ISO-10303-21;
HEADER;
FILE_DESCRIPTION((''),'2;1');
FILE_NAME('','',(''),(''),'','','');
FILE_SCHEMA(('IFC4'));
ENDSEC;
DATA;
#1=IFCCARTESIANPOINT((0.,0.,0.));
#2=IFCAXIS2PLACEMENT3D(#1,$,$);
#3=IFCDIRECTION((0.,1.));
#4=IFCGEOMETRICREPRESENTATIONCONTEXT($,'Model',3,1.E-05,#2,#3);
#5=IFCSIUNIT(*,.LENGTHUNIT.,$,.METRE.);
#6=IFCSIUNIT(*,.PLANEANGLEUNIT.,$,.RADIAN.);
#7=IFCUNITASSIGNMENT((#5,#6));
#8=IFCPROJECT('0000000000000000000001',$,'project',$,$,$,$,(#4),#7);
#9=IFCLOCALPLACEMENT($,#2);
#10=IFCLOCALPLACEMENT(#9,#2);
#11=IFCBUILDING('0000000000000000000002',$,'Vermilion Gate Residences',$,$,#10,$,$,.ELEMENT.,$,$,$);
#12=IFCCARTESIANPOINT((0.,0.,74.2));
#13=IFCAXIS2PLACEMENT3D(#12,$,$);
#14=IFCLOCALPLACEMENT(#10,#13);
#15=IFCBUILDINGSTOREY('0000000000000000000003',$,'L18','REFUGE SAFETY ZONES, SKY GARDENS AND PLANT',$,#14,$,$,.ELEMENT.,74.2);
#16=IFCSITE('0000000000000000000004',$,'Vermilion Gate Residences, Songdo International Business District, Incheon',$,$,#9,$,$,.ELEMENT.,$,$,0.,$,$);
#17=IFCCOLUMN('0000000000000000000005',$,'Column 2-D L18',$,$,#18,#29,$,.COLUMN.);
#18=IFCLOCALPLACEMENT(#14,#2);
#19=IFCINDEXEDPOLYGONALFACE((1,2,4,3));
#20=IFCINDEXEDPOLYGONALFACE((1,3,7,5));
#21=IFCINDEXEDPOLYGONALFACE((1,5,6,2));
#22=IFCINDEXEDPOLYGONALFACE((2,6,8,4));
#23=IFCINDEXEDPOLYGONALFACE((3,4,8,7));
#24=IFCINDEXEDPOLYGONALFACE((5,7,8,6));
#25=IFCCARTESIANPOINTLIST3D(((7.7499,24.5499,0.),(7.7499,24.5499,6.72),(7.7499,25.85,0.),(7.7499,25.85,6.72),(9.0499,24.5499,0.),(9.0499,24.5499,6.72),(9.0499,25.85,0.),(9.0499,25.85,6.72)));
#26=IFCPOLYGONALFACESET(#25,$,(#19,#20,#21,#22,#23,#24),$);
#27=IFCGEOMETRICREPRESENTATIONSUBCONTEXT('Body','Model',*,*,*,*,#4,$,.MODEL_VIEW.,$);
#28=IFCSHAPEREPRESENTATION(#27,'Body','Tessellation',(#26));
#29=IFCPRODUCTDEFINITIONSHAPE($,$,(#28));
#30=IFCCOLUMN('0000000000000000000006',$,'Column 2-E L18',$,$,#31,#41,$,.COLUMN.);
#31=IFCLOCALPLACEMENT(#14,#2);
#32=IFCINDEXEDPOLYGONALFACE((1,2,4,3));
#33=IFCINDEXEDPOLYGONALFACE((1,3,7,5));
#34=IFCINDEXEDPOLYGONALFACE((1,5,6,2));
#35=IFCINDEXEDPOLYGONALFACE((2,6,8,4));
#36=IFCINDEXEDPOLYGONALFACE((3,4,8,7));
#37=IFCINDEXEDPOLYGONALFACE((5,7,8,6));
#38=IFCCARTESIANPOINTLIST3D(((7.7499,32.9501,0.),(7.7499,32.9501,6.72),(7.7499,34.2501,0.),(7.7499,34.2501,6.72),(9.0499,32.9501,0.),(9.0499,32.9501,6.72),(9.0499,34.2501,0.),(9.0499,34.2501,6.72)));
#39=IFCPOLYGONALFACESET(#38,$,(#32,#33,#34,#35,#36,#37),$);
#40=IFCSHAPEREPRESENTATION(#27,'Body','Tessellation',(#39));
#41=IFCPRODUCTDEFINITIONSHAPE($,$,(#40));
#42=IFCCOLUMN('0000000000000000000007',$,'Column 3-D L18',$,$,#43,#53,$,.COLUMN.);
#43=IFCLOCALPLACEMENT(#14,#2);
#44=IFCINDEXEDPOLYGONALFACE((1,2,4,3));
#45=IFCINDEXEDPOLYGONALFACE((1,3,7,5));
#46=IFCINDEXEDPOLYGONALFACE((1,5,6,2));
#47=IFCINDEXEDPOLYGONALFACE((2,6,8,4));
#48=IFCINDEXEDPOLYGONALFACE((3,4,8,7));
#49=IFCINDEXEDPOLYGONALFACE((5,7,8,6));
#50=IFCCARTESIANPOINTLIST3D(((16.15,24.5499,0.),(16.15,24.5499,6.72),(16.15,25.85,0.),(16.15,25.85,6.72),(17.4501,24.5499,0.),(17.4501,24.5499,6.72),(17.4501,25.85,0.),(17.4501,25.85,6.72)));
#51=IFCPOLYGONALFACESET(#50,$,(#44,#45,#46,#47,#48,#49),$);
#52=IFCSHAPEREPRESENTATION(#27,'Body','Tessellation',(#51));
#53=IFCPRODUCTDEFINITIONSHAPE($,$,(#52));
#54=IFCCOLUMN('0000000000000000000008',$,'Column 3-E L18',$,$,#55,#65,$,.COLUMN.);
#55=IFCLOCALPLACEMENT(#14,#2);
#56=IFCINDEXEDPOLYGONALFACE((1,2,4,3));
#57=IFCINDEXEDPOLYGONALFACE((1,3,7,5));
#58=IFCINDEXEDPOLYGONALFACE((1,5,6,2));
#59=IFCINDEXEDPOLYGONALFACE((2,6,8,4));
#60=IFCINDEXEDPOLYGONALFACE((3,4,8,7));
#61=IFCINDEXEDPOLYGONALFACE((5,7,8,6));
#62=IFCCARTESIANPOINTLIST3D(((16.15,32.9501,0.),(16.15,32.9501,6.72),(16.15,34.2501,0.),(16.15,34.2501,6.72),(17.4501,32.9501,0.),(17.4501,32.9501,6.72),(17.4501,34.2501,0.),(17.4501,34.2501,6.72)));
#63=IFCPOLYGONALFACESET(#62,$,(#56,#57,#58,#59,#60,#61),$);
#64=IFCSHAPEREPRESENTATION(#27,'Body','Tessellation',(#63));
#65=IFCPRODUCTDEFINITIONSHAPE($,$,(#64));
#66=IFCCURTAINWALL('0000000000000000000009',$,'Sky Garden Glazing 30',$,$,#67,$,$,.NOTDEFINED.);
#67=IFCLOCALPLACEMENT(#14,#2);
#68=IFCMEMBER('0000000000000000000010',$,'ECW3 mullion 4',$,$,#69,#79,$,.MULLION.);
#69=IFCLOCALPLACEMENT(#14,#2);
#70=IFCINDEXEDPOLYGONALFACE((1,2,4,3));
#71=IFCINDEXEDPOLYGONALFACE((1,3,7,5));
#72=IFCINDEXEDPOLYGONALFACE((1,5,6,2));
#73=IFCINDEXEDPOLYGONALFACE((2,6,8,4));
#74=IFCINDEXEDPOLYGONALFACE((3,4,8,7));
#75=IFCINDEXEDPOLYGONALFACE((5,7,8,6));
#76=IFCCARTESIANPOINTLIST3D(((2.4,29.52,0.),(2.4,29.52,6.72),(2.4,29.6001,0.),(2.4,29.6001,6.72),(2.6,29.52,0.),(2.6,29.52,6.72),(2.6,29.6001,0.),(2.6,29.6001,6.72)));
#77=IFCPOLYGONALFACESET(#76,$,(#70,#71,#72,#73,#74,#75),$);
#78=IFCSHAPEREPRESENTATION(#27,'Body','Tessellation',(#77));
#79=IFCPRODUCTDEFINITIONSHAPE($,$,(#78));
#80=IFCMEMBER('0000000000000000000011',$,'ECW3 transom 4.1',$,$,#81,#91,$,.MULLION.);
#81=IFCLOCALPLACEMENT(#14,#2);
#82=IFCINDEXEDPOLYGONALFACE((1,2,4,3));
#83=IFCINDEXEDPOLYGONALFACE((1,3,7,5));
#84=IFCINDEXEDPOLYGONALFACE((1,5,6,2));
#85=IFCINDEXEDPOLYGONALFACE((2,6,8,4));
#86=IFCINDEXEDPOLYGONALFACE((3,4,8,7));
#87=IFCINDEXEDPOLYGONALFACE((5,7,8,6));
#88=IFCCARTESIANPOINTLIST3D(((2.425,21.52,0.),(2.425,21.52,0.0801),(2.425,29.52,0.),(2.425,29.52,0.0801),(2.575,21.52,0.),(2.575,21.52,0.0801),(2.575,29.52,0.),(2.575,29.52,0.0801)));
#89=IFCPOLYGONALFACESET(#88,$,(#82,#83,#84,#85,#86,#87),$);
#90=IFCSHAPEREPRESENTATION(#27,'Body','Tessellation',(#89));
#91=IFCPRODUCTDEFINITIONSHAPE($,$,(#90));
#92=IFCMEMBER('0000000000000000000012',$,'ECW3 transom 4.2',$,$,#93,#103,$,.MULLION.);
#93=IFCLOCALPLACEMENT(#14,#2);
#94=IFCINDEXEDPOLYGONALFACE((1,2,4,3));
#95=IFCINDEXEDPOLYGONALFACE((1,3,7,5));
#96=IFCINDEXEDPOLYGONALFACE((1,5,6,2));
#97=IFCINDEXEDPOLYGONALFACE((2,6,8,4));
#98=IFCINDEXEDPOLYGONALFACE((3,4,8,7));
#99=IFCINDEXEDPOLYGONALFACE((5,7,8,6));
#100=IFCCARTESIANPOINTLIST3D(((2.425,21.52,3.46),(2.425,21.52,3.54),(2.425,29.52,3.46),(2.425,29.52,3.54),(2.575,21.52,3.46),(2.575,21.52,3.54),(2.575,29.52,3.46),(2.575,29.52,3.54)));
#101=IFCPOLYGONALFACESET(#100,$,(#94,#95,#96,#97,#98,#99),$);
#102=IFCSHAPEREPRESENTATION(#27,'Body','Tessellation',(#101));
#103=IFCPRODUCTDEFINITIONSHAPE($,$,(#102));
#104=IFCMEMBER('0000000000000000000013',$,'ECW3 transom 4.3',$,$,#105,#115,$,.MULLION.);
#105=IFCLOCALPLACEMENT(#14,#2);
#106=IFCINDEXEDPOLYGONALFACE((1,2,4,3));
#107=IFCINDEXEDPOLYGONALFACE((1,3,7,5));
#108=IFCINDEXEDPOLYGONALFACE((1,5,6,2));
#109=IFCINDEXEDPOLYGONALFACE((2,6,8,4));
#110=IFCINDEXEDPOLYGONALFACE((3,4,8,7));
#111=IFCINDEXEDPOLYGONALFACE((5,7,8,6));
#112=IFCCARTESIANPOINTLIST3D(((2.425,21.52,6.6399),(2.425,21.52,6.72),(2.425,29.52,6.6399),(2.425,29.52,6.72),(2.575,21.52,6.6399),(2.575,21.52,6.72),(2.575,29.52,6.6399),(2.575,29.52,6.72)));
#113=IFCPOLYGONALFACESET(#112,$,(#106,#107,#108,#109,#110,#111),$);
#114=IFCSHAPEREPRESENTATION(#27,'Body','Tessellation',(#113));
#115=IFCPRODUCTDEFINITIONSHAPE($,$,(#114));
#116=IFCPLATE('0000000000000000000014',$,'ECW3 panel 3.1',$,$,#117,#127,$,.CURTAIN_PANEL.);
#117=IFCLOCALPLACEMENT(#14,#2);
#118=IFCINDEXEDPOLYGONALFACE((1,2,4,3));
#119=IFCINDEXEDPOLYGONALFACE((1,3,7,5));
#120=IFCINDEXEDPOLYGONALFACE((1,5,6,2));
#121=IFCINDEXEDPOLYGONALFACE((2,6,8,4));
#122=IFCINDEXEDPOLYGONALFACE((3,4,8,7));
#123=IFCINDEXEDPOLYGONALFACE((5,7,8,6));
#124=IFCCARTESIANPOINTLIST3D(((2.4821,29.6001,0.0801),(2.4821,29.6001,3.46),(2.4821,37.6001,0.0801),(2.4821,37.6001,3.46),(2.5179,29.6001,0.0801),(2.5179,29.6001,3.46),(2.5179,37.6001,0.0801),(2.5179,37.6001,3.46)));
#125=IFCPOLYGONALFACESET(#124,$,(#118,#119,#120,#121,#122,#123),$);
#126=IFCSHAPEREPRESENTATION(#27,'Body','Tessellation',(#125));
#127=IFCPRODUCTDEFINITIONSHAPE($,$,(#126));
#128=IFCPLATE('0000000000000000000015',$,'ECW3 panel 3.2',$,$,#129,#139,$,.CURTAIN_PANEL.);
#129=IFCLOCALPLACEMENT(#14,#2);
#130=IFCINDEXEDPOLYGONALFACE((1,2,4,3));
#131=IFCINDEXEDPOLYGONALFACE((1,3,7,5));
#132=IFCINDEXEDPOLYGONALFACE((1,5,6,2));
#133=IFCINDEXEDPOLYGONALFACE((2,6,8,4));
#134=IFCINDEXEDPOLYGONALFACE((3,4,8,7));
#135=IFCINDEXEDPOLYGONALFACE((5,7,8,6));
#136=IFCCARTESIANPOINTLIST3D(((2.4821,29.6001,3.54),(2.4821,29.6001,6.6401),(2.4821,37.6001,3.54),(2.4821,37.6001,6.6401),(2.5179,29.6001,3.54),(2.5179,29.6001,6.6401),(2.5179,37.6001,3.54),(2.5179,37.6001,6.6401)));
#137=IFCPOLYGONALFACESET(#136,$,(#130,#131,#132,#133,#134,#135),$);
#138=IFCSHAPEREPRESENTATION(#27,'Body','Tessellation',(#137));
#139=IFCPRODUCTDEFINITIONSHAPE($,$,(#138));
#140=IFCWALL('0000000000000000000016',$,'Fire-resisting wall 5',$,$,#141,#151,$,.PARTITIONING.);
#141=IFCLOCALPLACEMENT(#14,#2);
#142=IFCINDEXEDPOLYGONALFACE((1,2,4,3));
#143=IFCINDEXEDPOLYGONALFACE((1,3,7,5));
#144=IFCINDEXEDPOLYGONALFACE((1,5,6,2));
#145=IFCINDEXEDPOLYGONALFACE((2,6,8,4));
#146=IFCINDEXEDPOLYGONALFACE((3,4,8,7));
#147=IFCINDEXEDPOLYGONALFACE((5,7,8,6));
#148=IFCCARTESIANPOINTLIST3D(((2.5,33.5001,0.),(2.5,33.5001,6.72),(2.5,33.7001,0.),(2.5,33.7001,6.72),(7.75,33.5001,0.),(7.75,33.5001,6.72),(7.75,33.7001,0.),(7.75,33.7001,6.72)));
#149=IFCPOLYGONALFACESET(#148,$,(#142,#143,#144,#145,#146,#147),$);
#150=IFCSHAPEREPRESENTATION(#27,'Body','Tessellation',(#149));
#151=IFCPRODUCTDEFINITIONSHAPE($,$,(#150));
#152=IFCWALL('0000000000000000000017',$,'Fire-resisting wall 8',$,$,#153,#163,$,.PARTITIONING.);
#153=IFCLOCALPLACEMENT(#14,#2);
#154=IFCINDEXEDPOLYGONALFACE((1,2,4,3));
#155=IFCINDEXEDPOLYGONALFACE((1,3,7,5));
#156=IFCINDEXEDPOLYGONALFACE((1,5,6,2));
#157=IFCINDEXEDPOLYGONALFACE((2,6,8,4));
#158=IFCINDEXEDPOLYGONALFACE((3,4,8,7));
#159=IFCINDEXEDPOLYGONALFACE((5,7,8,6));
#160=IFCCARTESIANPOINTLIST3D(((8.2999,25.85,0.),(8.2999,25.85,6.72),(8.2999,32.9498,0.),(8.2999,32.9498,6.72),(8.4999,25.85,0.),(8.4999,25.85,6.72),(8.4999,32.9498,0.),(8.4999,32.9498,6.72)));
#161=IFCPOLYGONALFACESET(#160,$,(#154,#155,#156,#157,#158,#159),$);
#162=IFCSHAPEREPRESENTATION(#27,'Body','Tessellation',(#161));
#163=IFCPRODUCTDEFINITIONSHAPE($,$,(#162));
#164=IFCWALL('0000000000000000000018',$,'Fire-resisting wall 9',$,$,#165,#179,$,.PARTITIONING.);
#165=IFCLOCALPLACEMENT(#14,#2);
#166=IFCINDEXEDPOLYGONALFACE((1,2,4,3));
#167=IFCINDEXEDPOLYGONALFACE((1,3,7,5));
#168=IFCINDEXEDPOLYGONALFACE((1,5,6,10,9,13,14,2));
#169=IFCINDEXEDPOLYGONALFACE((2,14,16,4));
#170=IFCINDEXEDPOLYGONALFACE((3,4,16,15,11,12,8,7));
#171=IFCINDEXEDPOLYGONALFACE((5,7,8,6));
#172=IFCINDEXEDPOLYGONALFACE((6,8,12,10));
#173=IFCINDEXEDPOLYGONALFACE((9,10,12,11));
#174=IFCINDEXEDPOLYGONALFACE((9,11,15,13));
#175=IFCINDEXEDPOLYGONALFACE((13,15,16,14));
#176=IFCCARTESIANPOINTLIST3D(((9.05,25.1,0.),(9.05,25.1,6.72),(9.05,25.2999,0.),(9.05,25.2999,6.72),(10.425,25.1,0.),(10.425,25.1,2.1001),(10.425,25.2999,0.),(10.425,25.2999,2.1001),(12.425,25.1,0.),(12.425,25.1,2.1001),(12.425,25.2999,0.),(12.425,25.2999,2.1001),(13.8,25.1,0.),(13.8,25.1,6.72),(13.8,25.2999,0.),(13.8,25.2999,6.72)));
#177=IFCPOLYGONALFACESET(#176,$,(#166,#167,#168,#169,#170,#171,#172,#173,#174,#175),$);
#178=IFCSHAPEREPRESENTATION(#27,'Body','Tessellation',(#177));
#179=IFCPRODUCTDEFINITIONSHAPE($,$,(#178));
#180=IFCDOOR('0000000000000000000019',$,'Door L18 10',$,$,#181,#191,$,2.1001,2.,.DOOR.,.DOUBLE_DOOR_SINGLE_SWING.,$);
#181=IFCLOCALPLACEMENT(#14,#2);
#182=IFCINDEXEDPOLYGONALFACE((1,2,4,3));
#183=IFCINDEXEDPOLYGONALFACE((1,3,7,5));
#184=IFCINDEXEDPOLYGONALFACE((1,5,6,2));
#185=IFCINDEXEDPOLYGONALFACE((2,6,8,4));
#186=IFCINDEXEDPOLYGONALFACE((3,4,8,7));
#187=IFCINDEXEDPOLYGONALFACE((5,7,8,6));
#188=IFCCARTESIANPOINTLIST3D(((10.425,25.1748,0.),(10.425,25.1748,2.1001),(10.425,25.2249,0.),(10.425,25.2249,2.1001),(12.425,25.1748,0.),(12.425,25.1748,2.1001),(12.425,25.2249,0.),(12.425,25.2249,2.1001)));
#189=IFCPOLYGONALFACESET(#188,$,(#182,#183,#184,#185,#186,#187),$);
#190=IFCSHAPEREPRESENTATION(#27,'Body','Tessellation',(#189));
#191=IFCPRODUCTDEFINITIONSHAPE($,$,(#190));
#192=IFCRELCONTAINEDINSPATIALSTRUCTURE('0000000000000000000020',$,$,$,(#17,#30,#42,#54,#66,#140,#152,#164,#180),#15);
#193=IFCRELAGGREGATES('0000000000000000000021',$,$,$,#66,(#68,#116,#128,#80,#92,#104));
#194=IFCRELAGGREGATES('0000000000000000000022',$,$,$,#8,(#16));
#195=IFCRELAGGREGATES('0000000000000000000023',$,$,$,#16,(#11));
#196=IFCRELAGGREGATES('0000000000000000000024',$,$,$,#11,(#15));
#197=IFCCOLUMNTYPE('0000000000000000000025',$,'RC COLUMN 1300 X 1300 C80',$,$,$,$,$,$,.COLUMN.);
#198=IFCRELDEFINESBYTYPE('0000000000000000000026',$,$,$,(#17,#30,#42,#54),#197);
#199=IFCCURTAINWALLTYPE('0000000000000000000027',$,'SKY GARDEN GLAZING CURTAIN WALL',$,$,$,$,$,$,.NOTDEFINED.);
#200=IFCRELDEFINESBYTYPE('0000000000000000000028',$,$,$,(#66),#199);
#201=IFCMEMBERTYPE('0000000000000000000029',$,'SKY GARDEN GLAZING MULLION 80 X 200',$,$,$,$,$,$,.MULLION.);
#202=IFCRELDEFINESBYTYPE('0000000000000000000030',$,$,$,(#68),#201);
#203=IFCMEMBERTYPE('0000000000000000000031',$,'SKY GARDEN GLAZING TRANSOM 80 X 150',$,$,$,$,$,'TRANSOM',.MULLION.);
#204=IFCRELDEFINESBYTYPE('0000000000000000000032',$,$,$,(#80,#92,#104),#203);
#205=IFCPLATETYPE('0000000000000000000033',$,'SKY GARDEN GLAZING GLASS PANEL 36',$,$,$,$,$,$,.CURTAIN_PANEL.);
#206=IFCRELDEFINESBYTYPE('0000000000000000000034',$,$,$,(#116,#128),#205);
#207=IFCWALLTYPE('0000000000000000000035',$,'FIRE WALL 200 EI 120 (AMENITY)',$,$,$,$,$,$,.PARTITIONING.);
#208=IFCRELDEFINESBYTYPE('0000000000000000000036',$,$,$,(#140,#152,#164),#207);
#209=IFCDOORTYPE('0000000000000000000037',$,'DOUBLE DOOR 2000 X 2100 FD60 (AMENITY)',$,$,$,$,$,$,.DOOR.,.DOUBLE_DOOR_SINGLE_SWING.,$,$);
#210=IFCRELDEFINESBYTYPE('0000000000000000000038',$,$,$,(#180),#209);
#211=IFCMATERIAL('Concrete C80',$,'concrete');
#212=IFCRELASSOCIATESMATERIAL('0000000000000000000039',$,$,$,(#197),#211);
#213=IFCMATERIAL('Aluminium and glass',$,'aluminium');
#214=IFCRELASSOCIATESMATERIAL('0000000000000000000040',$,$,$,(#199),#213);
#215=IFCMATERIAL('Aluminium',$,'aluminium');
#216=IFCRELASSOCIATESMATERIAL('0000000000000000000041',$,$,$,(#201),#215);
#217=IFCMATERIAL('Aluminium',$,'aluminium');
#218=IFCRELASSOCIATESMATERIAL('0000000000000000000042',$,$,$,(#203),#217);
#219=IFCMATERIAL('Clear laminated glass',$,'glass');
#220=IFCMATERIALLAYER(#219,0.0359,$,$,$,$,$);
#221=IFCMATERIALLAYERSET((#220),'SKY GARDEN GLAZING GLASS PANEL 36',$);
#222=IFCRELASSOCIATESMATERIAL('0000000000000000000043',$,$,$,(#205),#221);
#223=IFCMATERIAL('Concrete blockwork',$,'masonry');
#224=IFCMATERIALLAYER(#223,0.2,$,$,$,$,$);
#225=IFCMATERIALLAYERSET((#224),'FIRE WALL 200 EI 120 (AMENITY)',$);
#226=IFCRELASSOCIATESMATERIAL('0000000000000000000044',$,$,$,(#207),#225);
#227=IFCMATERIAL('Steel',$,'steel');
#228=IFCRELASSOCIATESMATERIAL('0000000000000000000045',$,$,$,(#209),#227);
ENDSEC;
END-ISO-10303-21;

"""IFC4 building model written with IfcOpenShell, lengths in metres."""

from ifc_helpers import new_model, si_unit, direction, frame, frame_2d, origin, origin_2d, place, context, subcontext, project, spatial, rectangle, extrude, material, layer, layer_set, material_profile, profile_set, type_object, element, fill, aggregate, save


model = new_model("IFC4")

# Units and contexts
model_context = context("Model", 3, precision=1e-05, world=origin(), true_north=direction((0.0, 1.0)))
body_context = subcontext(model_context, "Body", "Model", "MODEL_VIEW")
ifc_project = project(units=[si_unit("LENGTHUNIT", "METRE"), si_unit("PLANEANGLEUNIT", "RADIAN")], contexts=[model_context])

# Site, building, storey
site_placement = place(None, origin())
site = spatial("IfcSite", under=ifc_project, at=site_placement, Name="Vermilion Gate Residences, Songdo International Business District, Incheon", CompositionType="ELEMENT", RefElevation=0.0)
building_placement = place(site_placement, origin())
building = spatial("IfcBuilding", under=site, at=building_placement, Name="Vermilion Gate Residences", CompositionType="ELEMENT")
storey_placement = place(building_placement, frame((0.0, 0.0, 74.2)))
storey = spatial("IfcBuildingStorey", under=building, at=storey_placement, Name="L18", Description="REFUGE SAFETY ZONES, SKY GARDENS AND PLANT", CompositionType="ELEMENT", Elevation=74.2)

# Columns
ifc_material_1 = material(Name="Concrete C80", Category="concrete")
ifc_material_profile_1 = material_profile(ifc_material_1, rectangle(XDim=1.3, YDim=1.3, at=origin_2d()), Name="RC-1300x1300")
ifc_profile_set_1 = profile_set([ifc_material_profile_1], Name="Concrete C80")
column_type = type_object("IfcColumnType", Name="RC COLUMN 1300 X 1300 C80", PredefinedType="COLUMN", material=ifc_profile_set_1)
for number, where, z_axis, x_axis, name in (
    (1, (8.3999, 25.2, 0.0), (0.0, 0.0, 1.0), (1.0, 0.0, 0.0), "Column 2-D L18"),
    (2, (8.3999, 33.6001, 0.0), (0.0, 0.0, 1.0), (1.0, 0.0, 0.0), "Column 2-E L18"),
    (3, (16.8, 25.2, 0.0), (0.0, 0.0, 1.0), (1.0, 0.0, 0.0), "Column 3-D L18"),
    (4, (16.8, 33.6001, 0.0), (0.0, 0.0, 1.0), (1.0, 0.0, 0.0), "Column 3-E L18"),
):
    element("IfcColumn", number, at=place(storey_placement, frame(where, z_axis=z_axis, x_axis=x_axis)), inside=storey, type_object=column_type, Name=name, PredefinedType="COLUMN", context=body_context, shape_type="SweptSolid", body=[
        extrude(rectangle(XDim=1.3, YDim=1.3, at=origin_2d()), origin(), (0.0, 0.0, 1.0), 6.72),
    ])

# Curtain wall, members, plates
ifc_material_2 = material(Name="Aluminium and glass", Category="aluminium")
curtain_wall_type = type_object("IfcCurtainWallType", Name="SKY GARDEN GLAZING CURTAIN WALL", PredefinedType="NOTDEFINED", material=ifc_material_2)
curtain_wall_placement = place(storey_placement, origin())
curtain_wall = element("IfcCurtainWall", 5, at=curtain_wall_placement, inside=storey, type_object=curtain_wall_type, Name="Sky Garden Glazing 30", PredefinedType="NOTDEFINED")
ifc_material_3 = material(Name="Aluminium", Category="aluminium")
ifc_material_profile_2 = material_profile(ifc_material_3, rectangle(XDim=0.2, YDim=0.0801, at=origin_2d()), Name="MULLION 80 X 200")
ifc_profile_set_2 = profile_set([ifc_material_profile_2], Name="Aluminium")
member_type_1 = type_object("IfcMemberType", Name="SKY GARDEN GLAZING MULLION 80 X 200", PredefinedType="MULLION", material=ifc_profile_set_2)
member_1_placement = place(storey_placement, frame((2.5, 29.5601, 0.0), z_axis=(0.0, 0.0, 1.0), x_axis=(1.0, 0.0, 0.0)))
member_1 = element("IfcMember", 6, at=member_1_placement, type_object=member_type_1, Name="ECW3 mullion 4", PredefinedType="MULLION", context=body_context, shape_type="SweptSolid", body=[
    extrude(rectangle(XDim=0.2, YDim=0.0801, at=origin_2d()), origin(), (0.0, 0.0, 1.0), 6.72),
])
ifc_material_4 = material(Name="Aluminium", Category="aluminium")
ifc_material_profile_3 = material_profile(ifc_material_4, rectangle(XDim=0.1499, YDim=0.0801, at=origin_2d()), Name="TRANSOM 80 X 150")
ifc_profile_set_3 = profile_set([ifc_material_profile_3], Name="Aluminium")
member_type_2 = type_object("IfcMemberType", Name="SKY GARDEN GLAZING TRANSOM 80 X 150", ElementType="TRANSOM", PredefinedType="MULLION", material=ifc_profile_set_3)
member_2_placement = place(storey_placement, frame((2.5, 29.52, 0.04), z_axis=(0.0, -1.0, 0.0), x_axis=(1.0, 0.0, 0.0)))
member_2 = element("IfcMember", 7, at=member_2_placement, type_object=member_type_2, Name="ECW3 transom 4.1", PredefinedType="MULLION", context=body_context, shape_type="SweptSolid", body=[
    extrude(rectangle(XDim=0.1499, YDim=0.0801, at=origin_2d()), origin(), (0.0, 0.0, 1.0), 8.0),
])
member_3_placement = place(storey_placement, frame((2.5, 29.52, 3.5), z_axis=(0.0, -1.0, 0.0), x_axis=(1.0, 0.0, 0.0)))
member_3 = element("IfcMember", 8, at=member_3_placement, type_object=member_type_2, Name="ECW3 transom 4.2", PredefinedType="MULLION", context=body_context, shape_type="SweptSolid", body=[
    extrude(rectangle(XDim=0.1499, YDim=0.0801, at=origin_2d()), origin(), (0.0, 0.0, 1.0), 8.0),
])
member_4_placement = place(storey_placement, frame((2.5, 29.52, 6.6799), z_axis=(0.0, -1.0, 0.0), x_axis=(1.0, 0.0, 0.0)))
member_4 = element("IfcMember", 9, at=member_4_placement, type_object=member_type_2, Name="ECW3 transom 4.3", PredefinedType="MULLION", context=body_context, shape_type="SweptSolid", body=[
    extrude(rectangle(XDim=0.1499, YDim=0.0801, at=origin_2d()), origin(), (0.0, 0.0, 1.0), 8.0),
])
ifc_material_5 = material(Name="Clear laminated glass", Category="glass")
ifc_layer_1 = layer(ifc_material_5, 0.0359)
ifc_layer_set_1 = layer_set([ifc_layer_1], Name="SKY GARDEN GLAZING GLASS PANEL 36")
plate_type = type_object("IfcPlateType", Name="SKY GARDEN GLAZING GLASS PANEL 36", PredefinedType="CURTAIN_PANEL", material=ifc_layer_set_1)
plate_1_placement = place(storey_placement, frame((2.5, 33.6001, 0.0801), z_axis=(0.0, 0.0, 1.0), x_axis=(0.0, -1.0, 0.0)))
plate_1 = element("IfcPlate", 10, at=plate_1_placement, type_object=plate_type, Name="ECW3 panel 3.1", PredefinedType="CURTAIN_PANEL", context=body_context, shape_type="SweptSolid", body=[
    extrude(rectangle(XDim=8.0, YDim=0.0359, at=origin_2d()), origin(), (0.0, 0.0, 1.0), 3.3799),
])
plate_2_placement = place(storey_placement, frame((2.5, 33.6001, 3.54), z_axis=(0.0, 0.0, 1.0), x_axis=(0.0, -1.0, 0.0)))
plate_2 = element("IfcPlate", 11, at=plate_2_placement, type_object=plate_type, Name="ECW3 panel 3.2", PredefinedType="CURTAIN_PANEL", context=body_context, shape_type="SweptSolid", body=[
    extrude(rectangle(XDim=8.0, YDim=0.0359, at=origin_2d()), origin(), (0.0, 0.0, 1.0), 3.1001),
])
aggregate(curtain_wall, [member_1, plate_1, plate_2, member_2, member_3, member_4])

# Walls
ifc_material_6 = material(Name="Concrete blockwork", Category="masonry")
ifc_layer_2 = layer(ifc_material_6, 0.2)
ifc_layer_set_2 = layer_set([ifc_layer_2], Name="FIRE WALL 200 EI 120 (AMENITY)")
wall_type = type_object("IfcWallType", Name="FIRE WALL 200 EI 120 (AMENITY)", PredefinedType="PARTITIONING", material=ifc_layer_set_2)
wall_1_placement = place(storey_placement, frame((2.5, 33.6001, 0.0), z_axis=(0.0, 0.0, 1.0), x_axis=(1.0, 0.0, 0.0)))
element("IfcWall", 12, at=wall_1_placement, inside=storey, type_object=wall_type, Name="Fire-resisting wall 5", PredefinedType="PARTITIONING", context=body_context, shape_type="SweptSolid", body=[
    extrude(rectangle(XDim=5.25, YDim=0.2, at=frame_2d((2.625, 0.0))), origin(), (0.0, 0.0, 1.0), 6.72),
])
wall_2_placement = place(storey_placement, frame((8.3999, 25.8501, 0.0), z_axis=(0.0, 0.0, 1.0), x_axis=(0.0, 1.0, 0.0)))
element("IfcWall", 13, at=wall_2_placement, inside=storey, type_object=wall_type, Name="Fire-resisting wall 8", PredefinedType="PARTITIONING", context=body_context, shape_type="SweptSolid", body=[
    extrude(rectangle(XDim=7.0999, YDim=0.2, at=frame_2d((3.5498, 0.0))), origin(), (0.0, 0.0, 1.0), 6.72),
])

# Wall, opening, door
wall_3_placement = place(storey_placement, frame((9.05, 25.2, 0.0), z_axis=(0.0, 0.0, 1.0), x_axis=(1.0, 0.0, 0.0)))
wall_3 = element("IfcWall", 14, at=wall_3_placement, inside=storey, type_object=wall_type, Name="Fire-resisting wall 9", PredefinedType="PARTITIONING", context=body_context, shape_type="SweptSolid", body=[
    extrude(rectangle(XDim=4.75, YDim=0.2, at=frame_2d((2.375, 0.0))), origin(), (0.0, 0.0, 1.0), 6.72),
])
opening_1_placement = place(wall_3_placement, frame((1.375, 0.0, 0.0)))
opening_1 = element("IfcOpeningElement", 15, at=opening_1_placement, cuts=wall_3, PredefinedType="OPENING", context=body_context, shape_type="SweptSolid", body=[
    extrude(rectangle(XDim=2.0, YDim=2.1001, at=frame_2d((1.0, 1.05))), frame((0.0, 0.1099, 0.0), z_axis=(0.0, -1.0, 0.0), x_axis=(1.0, 0.0, 0.0)), (0.0, 0.0, 1.0), 0.22),
])
ifc_material_7 = material(Name="Steel", Category="steel")
door_type_1 = type_object("IfcDoorType", Name="DOUBLE DOOR 2000 X 2100 FD60 (AMENITY)", OperationType="DOUBLE_DOOR_SINGLE_SWING", PredefinedType="DOOR", material=ifc_material_7)
door_1_placement = place(opening_1_placement, origin())
door_1 = element("IfcDoor", 16, at=door_1_placement, inside=storey, type_object=door_type_1, Name="Door L18 10", OperationType="DOUBLE_DOOR_SINGLE_SWING", OverallHeight=2.1001, OverallWidth=2.0, PredefinedType="DOOR", context=body_context, shape_type="SweptSolid", body=[
    extrude(rectangle(XDim=2.0, YDim=2.1001, at=frame_2d((1.0, 1.05))), frame((0.0, 0.0249, 0.0), z_axis=(0.0, -1.0, 0.0), x_axis=(1.0, 0.0, 0.0)), (0.0, 0.0, 1.0), 0.05),
])
fill(opening_1, door_1)

save(model, "model.ifc")
